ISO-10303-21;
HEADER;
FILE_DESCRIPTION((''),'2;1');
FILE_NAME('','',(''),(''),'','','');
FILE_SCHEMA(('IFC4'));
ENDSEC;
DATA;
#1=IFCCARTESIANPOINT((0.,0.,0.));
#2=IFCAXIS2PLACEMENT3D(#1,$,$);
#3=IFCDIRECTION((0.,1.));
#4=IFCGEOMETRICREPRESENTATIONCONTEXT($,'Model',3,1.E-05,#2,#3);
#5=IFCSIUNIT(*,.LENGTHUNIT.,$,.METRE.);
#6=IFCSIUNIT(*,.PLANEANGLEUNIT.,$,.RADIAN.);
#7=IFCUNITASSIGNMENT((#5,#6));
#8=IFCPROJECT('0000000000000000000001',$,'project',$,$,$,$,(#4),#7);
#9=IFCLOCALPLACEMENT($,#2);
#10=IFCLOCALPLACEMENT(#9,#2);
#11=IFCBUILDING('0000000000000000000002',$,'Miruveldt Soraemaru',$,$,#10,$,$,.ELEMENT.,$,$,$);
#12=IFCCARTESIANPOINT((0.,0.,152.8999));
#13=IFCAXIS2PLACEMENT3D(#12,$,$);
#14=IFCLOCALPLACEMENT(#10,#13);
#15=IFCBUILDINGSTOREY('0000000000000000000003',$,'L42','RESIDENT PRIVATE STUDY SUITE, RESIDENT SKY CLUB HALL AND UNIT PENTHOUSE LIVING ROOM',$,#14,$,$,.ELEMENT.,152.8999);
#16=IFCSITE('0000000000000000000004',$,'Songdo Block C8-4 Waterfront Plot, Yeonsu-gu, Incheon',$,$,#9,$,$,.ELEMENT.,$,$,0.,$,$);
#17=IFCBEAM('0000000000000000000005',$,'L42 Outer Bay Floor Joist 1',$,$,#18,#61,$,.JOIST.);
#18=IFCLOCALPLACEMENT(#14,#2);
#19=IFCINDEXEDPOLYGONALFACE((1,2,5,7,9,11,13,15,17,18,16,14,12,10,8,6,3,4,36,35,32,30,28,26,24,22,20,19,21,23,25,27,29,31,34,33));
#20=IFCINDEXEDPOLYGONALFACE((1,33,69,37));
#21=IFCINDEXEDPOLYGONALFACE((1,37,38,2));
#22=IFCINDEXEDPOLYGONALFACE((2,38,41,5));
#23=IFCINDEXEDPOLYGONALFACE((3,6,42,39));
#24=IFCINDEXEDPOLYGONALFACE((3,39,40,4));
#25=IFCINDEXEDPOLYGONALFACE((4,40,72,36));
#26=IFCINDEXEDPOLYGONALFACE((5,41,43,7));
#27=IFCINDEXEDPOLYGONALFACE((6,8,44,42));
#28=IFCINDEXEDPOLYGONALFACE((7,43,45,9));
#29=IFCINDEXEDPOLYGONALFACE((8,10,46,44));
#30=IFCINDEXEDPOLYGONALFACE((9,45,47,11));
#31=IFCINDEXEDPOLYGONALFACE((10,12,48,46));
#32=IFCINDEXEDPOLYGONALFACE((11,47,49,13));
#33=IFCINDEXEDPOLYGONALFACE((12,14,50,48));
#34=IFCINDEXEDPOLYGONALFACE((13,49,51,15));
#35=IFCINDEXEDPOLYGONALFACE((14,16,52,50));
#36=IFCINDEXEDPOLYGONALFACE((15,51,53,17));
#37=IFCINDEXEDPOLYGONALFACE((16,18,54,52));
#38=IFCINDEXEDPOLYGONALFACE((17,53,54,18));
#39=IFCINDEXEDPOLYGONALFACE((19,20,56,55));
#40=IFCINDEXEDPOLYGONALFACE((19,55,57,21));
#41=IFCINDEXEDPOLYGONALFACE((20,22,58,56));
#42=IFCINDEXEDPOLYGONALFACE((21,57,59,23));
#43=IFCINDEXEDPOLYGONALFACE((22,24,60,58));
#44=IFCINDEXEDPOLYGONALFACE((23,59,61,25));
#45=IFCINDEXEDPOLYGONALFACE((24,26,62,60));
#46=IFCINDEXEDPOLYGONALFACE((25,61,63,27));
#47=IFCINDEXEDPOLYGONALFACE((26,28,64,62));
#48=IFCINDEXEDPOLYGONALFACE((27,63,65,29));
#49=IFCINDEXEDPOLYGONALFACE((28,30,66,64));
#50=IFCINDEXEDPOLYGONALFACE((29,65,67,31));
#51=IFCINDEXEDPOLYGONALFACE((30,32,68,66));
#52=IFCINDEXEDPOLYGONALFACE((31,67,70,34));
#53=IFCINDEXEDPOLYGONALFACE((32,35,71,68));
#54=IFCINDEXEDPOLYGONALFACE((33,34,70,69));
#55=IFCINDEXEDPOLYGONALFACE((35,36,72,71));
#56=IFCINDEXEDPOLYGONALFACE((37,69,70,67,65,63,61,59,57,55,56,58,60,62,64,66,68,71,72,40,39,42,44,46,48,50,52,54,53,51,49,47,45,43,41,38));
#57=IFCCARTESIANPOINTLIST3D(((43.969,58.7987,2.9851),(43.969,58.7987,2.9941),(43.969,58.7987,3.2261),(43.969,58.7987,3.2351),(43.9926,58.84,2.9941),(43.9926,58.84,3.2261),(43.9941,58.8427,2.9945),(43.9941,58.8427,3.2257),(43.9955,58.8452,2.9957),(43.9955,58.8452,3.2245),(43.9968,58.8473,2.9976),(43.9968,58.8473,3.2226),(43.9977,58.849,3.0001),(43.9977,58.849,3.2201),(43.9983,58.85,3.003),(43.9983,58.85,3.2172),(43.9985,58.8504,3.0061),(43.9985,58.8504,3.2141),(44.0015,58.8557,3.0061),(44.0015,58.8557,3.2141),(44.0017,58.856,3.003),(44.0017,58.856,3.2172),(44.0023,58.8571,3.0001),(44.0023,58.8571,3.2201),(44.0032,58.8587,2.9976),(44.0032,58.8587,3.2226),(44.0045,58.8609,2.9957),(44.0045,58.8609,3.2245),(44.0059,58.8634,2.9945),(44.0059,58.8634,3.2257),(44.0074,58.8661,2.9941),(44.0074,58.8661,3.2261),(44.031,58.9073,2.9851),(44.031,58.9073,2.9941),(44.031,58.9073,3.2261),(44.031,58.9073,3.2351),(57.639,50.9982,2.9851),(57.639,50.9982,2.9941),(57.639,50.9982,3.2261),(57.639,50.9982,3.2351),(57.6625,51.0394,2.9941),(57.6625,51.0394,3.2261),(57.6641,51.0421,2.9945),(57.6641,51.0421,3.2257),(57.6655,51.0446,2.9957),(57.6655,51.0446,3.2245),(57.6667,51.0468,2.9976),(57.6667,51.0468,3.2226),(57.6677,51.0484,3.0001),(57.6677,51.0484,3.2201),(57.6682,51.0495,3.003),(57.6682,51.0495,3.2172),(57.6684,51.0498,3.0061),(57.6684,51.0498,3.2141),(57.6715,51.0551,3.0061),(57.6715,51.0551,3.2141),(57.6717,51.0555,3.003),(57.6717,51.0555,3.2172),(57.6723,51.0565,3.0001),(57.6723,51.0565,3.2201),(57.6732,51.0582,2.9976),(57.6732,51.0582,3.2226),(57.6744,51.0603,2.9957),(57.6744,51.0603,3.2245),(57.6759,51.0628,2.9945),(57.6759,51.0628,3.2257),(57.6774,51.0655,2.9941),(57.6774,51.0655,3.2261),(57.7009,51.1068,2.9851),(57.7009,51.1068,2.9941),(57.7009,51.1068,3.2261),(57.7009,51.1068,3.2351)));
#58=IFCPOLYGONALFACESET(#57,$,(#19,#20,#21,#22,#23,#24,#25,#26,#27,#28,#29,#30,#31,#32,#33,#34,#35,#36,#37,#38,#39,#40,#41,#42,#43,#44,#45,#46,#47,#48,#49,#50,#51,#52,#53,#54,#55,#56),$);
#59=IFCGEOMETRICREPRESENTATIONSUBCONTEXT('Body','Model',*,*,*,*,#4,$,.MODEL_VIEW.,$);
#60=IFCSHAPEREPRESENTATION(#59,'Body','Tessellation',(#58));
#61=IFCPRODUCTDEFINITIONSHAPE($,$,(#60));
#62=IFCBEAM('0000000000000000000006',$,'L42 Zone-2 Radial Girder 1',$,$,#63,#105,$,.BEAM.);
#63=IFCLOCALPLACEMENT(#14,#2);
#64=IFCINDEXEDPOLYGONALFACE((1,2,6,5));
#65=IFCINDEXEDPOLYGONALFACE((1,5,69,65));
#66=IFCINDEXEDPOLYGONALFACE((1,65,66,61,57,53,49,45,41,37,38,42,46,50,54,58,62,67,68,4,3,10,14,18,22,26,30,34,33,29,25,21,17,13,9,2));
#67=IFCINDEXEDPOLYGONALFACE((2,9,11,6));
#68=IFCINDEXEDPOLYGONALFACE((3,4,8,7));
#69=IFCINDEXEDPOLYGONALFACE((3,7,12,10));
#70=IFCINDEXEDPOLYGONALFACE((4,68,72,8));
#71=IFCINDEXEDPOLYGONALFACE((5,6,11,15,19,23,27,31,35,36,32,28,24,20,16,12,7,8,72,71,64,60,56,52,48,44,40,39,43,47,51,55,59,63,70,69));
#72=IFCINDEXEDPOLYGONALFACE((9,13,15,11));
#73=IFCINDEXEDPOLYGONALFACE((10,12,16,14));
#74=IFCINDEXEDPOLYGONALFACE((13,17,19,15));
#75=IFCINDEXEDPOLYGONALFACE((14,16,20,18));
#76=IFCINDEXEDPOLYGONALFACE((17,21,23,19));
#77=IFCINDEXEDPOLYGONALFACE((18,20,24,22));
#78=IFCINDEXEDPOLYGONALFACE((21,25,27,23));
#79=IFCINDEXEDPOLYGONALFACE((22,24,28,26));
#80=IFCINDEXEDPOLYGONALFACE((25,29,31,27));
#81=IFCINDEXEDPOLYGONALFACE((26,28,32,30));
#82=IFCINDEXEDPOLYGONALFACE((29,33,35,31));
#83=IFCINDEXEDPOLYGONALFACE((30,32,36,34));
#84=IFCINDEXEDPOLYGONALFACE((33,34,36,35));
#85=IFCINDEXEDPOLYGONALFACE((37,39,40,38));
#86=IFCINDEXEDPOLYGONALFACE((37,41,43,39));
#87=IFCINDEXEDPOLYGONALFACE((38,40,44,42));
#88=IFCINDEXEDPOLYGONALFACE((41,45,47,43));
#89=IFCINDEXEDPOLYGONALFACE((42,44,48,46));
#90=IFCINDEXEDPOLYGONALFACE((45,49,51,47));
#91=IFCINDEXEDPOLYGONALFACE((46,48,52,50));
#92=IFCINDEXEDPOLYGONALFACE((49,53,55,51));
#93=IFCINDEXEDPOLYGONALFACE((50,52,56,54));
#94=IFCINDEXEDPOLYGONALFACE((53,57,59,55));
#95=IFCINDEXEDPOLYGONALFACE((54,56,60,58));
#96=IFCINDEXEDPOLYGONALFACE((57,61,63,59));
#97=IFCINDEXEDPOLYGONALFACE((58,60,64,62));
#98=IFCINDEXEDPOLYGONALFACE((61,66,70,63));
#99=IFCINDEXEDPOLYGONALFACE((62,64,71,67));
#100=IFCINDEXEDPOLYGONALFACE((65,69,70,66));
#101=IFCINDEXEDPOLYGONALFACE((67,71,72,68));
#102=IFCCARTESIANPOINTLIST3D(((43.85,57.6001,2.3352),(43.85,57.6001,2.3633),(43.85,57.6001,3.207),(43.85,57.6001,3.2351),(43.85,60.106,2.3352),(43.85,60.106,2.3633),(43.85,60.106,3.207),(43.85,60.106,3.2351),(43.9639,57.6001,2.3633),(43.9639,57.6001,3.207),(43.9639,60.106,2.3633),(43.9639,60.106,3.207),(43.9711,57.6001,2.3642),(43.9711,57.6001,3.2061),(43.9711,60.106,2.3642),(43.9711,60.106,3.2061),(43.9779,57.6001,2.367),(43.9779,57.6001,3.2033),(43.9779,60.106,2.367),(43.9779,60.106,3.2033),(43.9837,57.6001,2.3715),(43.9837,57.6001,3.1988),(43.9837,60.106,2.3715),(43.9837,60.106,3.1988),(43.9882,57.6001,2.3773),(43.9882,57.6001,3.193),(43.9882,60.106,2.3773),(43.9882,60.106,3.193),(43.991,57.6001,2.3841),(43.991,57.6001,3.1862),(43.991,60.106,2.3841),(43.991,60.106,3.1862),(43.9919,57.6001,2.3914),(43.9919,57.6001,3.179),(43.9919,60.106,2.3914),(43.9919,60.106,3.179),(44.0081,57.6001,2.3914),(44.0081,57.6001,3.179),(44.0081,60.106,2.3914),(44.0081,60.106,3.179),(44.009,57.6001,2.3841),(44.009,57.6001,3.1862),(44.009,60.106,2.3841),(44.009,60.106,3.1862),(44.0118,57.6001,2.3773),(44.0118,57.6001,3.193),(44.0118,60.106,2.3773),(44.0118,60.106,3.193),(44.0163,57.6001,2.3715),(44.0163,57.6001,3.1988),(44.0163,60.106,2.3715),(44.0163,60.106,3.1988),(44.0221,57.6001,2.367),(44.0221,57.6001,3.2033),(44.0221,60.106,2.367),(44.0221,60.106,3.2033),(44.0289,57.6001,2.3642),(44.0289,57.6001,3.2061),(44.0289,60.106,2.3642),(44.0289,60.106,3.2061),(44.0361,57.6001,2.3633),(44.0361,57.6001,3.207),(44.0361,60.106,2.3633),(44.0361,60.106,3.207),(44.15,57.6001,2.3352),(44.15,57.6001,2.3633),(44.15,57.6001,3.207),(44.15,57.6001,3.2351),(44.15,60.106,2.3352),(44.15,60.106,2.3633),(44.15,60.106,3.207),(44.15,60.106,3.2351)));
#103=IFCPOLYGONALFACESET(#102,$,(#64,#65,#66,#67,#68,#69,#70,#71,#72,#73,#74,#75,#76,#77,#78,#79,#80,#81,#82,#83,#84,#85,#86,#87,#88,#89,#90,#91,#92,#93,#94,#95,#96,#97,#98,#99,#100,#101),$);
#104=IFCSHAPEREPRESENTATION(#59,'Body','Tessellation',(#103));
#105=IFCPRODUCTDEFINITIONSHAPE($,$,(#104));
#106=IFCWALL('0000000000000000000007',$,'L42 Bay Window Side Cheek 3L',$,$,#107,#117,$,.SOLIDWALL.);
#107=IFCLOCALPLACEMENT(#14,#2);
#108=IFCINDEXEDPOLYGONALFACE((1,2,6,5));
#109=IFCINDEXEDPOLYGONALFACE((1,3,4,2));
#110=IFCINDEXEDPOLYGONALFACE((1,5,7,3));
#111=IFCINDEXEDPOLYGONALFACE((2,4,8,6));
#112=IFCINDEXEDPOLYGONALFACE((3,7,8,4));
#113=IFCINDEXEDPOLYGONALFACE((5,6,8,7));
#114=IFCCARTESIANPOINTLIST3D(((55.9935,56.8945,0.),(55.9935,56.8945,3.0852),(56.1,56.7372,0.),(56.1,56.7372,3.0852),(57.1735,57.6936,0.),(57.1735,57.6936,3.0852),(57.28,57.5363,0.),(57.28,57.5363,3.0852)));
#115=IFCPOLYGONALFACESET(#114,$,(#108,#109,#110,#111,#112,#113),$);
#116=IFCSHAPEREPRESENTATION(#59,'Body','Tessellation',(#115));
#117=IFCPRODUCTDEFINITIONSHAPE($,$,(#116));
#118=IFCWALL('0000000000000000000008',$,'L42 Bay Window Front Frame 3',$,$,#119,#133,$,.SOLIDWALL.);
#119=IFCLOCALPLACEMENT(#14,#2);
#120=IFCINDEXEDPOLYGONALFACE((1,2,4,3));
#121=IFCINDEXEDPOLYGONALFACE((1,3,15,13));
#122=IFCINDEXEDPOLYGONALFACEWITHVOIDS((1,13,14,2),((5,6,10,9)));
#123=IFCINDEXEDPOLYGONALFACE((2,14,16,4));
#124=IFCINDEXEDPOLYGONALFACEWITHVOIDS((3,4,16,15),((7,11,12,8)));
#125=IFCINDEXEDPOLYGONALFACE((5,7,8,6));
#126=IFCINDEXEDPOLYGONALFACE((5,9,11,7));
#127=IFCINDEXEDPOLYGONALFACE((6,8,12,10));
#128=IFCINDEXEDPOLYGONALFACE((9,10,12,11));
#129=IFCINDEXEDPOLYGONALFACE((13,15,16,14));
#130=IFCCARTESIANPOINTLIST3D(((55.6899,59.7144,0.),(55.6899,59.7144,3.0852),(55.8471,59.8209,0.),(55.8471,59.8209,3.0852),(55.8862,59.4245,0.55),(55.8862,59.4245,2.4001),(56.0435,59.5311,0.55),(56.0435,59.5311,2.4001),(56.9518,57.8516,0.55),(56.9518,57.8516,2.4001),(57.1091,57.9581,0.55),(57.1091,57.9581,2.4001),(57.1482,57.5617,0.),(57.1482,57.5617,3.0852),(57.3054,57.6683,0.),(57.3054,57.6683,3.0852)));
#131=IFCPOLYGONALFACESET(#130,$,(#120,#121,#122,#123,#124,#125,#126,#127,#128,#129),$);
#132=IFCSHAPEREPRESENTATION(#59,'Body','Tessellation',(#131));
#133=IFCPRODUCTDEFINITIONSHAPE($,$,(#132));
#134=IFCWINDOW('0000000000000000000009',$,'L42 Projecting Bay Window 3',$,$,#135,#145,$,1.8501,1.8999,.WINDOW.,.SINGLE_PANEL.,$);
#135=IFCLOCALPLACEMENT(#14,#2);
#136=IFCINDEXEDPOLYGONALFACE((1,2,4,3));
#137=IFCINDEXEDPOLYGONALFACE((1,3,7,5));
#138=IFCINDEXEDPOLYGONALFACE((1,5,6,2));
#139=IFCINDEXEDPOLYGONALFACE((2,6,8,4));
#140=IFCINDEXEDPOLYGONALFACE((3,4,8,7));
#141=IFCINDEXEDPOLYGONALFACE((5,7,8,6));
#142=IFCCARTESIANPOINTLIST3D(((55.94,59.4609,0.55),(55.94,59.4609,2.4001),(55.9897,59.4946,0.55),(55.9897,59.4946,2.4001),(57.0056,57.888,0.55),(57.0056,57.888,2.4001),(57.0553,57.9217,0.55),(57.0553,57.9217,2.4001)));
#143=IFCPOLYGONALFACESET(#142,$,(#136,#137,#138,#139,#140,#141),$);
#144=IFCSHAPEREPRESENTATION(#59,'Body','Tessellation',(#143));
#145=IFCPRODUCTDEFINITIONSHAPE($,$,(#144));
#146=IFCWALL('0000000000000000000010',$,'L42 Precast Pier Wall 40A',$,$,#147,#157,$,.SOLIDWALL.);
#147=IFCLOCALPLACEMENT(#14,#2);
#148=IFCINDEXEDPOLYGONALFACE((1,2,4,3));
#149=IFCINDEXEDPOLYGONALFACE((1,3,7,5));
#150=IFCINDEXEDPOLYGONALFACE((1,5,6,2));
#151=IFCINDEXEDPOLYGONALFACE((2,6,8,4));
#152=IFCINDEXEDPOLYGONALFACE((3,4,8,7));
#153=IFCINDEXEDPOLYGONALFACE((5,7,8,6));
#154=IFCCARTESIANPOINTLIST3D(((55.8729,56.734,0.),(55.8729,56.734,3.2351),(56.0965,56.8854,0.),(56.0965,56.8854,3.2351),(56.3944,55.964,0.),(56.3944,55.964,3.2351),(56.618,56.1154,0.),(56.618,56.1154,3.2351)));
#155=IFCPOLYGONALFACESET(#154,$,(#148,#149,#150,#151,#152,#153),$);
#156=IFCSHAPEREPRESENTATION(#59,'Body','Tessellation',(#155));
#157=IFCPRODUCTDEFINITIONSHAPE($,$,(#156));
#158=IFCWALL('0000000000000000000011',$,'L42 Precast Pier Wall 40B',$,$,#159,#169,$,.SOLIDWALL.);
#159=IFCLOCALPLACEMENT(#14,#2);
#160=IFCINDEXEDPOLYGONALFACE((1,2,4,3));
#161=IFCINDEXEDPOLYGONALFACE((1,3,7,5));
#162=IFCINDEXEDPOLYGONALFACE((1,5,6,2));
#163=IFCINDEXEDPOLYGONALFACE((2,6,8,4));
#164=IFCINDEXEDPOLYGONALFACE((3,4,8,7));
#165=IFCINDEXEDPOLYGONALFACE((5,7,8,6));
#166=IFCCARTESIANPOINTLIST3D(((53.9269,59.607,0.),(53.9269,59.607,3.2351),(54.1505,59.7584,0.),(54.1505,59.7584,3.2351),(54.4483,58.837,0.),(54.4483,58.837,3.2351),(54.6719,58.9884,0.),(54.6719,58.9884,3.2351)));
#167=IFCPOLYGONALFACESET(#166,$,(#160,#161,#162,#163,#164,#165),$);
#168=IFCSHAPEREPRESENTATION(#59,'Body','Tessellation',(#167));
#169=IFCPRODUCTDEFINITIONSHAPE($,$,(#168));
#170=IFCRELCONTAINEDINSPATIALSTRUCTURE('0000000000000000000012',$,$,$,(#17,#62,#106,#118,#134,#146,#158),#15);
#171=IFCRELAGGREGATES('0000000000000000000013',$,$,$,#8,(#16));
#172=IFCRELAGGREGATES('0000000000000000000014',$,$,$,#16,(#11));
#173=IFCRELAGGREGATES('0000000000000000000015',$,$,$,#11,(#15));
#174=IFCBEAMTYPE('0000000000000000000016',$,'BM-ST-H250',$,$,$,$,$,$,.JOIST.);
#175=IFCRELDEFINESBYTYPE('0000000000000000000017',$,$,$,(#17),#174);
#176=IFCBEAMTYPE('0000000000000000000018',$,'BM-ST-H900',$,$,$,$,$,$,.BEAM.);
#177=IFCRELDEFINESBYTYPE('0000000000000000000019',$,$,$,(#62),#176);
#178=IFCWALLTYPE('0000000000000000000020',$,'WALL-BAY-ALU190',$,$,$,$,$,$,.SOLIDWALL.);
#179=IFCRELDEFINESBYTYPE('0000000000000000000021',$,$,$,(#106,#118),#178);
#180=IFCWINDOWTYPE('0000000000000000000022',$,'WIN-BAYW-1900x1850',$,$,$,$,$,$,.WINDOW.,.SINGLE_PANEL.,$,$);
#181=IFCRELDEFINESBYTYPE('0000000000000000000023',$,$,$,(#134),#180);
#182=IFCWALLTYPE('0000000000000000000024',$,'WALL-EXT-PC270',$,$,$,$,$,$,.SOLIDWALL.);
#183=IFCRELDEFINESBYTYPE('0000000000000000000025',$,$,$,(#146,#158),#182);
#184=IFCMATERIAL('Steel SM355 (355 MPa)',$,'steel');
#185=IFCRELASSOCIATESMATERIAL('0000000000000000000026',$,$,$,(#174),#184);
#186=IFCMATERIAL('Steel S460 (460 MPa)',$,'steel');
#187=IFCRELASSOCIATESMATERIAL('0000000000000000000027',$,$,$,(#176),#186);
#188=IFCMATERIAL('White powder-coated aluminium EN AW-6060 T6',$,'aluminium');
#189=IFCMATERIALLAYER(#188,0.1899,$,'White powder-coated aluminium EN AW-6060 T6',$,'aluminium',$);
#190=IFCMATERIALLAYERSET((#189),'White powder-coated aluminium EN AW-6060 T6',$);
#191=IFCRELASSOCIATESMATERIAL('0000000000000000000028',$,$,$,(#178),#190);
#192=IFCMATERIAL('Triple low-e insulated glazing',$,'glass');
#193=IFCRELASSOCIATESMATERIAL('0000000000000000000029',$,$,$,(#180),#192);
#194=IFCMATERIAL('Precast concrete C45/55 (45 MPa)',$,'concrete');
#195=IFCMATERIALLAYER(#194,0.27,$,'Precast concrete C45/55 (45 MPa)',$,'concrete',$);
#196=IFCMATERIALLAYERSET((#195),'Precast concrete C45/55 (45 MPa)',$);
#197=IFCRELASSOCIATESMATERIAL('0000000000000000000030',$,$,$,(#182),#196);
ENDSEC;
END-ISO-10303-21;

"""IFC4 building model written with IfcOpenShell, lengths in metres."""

from ifc_helpers import new_model, si_unit, direction, frame, frame_2d, origin, origin_2d, place, context, subcontext, project, spatial, rectangle, i_section, extrude, material, layer, layer_set, material_profile, profile_set, type_object, element, fill, save


model = new_model("IFC4")

# Units and contexts
model_context = context("Model", 3, precision=1e-05, world=origin(), true_north=direction((0.0, 1.0)))
body_context = subcontext(model_context, "Body", "Model", "MODEL_VIEW")
ifc_project = project(units=[si_unit("LENGTHUNIT", "METRE"), si_unit("PLANEANGLEUNIT", "RADIAN")], contexts=[model_context])

# Site, building, storey
site_placement = place(None, origin())
site = spatial("IfcSite", under=ifc_project, at=site_placement, Name="Songdo Block C8-4 Waterfront Plot, Yeonsu-gu, Incheon", CompositionType="ELEMENT", RefElevation=0.0)
building_placement = place(site_placement, origin())
building = spatial("IfcBuilding", under=site, at=building_placement, Name="Miruveldt Soraemaru", CompositionType="ELEMENT")
storey_placement = place(building_placement, frame((0.0, 0.0, 152.8999)))
storey = spatial("IfcBuildingStorey", under=building, at=storey_placement, Name="L42", Description="RESIDENT PRIVATE STUDY SUITE, RESIDENT SKY CLUB HALL AND UNIT PENTHOUSE LIVING ROOM", CompositionType="ELEMENT", Elevation=152.8999)

# Beams
ifc_material_1 = material(Name="Steel SM355 (355 MPa)", Category="steel")
ifc_material_profile_1 = material_profile(ifc_material_1, i_section(OverallWidth=0.125, OverallDepth=0.25, WebThickness=0.0061, FlangeThickness=0.009, FilletRadius=0.012, at=origin_2d()), Name="Steel SM355 (355 MPa)", Category="steel")
ifc_profile_set_1 = profile_set([ifc_material_profile_1], Name="Steel SM355 (355 MPa)")
beam_type_1 = type_object("IfcBeamType", Name="BM-ST-H250", PredefinedType="JOIST", material=ifc_profile_set_1)
beam_1_placement = place(storey_placement, frame((44.0, 58.853, 3.1101), z_axis=(0.86854, -0.495619, 0.0), x_axis=(0.495619, 0.86854, 0.0)))
element("IfcBeam", 1, at=beam_1_placement, inside=storey, type_object=beam_type_1, Name="L42 Outer Bay Floor Joist 1", PredefinedType="JOIST", context=body_context, shape_type="SweptSolid", body=[
    extrude(i_section(OverallWidth=0.125, OverallDepth=0.25, WebThickness=0.0061, FlangeThickness=0.009, FilletRadius=0.012, at=origin_2d()), origin(), (0.0, 0.0, 1.0), 15.739),
])
ifc_material_2 = material(Name="Steel S460 (460 MPa)", Category="steel")
ifc_material_profile_2 = material_profile(ifc_material_2, i_section(OverallWidth=0.3, OverallDepth=0.8999, WebThickness=0.0161, FlangeThickness=0.0281, FilletRadius=0.0281, at=origin_2d()), Name="Steel S460 (460 MPa)", Category="steel")
ifc_profile_set_2 = profile_set([ifc_material_profile_2], Name="Steel S460 (460 MPa)")
beam_type_2 = type_object("IfcBeamType", Name="BM-ST-H900", PredefinedType="BEAM", material=ifc_profile_set_2)
beam_2_placement = place(storey_placement, frame((44.0, 57.6001, 2.7852), z_axis=(0.0, 1.0, 0.0), x_axis=(-1.0, 0.0, 0.0)))
element("IfcBeam", 2, at=beam_2_placement, inside=storey, type_object=beam_type_2, Name="L42 Zone-2 Radial Girder 1", PredefinedType="BEAM", context=body_context, shape_type="SweptSolid", body=[
    extrude(i_section(OverallWidth=0.3, OverallDepth=0.8999, WebThickness=0.0161, FlangeThickness=0.0281, FilletRadius=0.0281, at=origin_2d()), origin(), (0.0, 0.0, 1.0), 2.5059),
])

# Wall
ifc_material_3 = material(Name="White powder-coated aluminium EN AW-6060 T6", Category="aluminium")
ifc_layer_1 = layer(ifc_material_3, 0.1899, Name="White powder-coated aluminium EN AW-6060 T6", Category="aluminium")
ifc_layer_set_1 = layer_set([ifc_layer_1], Name="White powder-coated aluminium EN AW-6060 T6")
wall_type_1 = type_object("IfcWallType", Name="WALL-BAY-ALU190", PredefinedType="SOLIDWALL", material=ifc_layer_set_1)
wall_1_placement = place(storey_placement, frame((56.0469, 56.8159, 0.0), z_axis=(0.0, 0.0, 1.0), x_axis=(0.827996, 0.560734, 0.0)))
element("IfcWall", 3, at=wall_1_placement, inside=storey, type_object=wall_type_1, Name="L42 Bay Window Side Cheek 3L", PredefinedType="SOLIDWALL", context=body_context, shape_type="SweptSolid", body=[
    extrude(rectangle(XDim=1.425, YDim=0.1899, at=frame_2d((0.7124, 0.0))), origin(), (0.0, 0.0, 1.0), 3.0852),
])

# Wall, opening, window
wall_2_placement = place(storey_placement, frame((57.2268, 57.615, 0.0), z_axis=(0.0, 0.0, 1.0), x_axis=(-0.560861, 0.82791, 0.0)))
wall_2 = element("IfcWall", 4, at=wall_2_placement, inside=storey, type_object=wall_type_1, Name="L42 Bay Window Front Frame 3", PredefinedType="SOLIDWALL", context=body_context, shape_type="SweptSolid", body=[
    extrude(rectangle(XDim=2.6001, YDim=0.1899, at=frame_2d((1.3, 0.0))), origin(), (0.0, 0.0, 1.0), 3.0852),
])
opening_1_placement = place(wall_2_placement, frame((0.3501, 0.0, 0.55)))
opening_1 = element("IfcOpeningElement", 5, at=opening_1_placement, cuts=wall_2, PredefinedType="OPENING", context=body_context, shape_type="SweptSolid", body=[
    extrude(rectangle(XDim=1.8999, YDim=1.8501, at=frame_2d((0.95, 0.925))), frame((0.0, 0.105, 0.0), z_axis=(0.0, -1.0, 0.0), x_axis=(1.0, 0.0, 0.0)), (0.0, 0.0, 1.0), 0.21),
])
ifc_material_4 = material(Name="Triple low-e insulated glazing", Category="glass")
window_type = type_object("IfcWindowType", Name="WIN-BAYW-1900x1850", PartitioningType="SINGLE_PANEL", PredefinedType="WINDOW", material=ifc_material_4)
window_placement = place(opening_1_placement, origin())
window = element("IfcWindow", 6, at=window_placement, inside=storey, type_object=window_type, Name="L42 Projecting Bay Window 3", OverallHeight=1.8501, OverallWidth=1.8999, PartitioningType="SINGLE_PANEL", PredefinedType="WINDOW", context=body_context, shape_type="SweptSolid", body=[
    extrude(rectangle(XDim=1.8999, YDim=1.8501, at=frame_2d((0.95, 0.925))), frame((0.0, 0.03, 0.0), z_axis=(0.0, -1.0, 0.0), x_axis=(1.0, 0.0, 0.0)), (0.0, 0.0, 1.0), 0.0601),
])
fill(opening_1, window)

# Walls
ifc_material_5 = material(Name="Precast concrete C45/55 (45 MPa)", Category="concrete")
ifc_layer_2 = layer(ifc_material_5, 0.27, Name="Precast concrete C45/55 (45 MPa)", Category="concrete")
ifc_layer_set_2 = layer_set([ifc_layer_2], Name="Precast concrete C45/55 (45 MPa)")
wall_type_2 = type_object("IfcWallType", Name="WALL-EXT-PC270", PredefinedType="SOLIDWALL", material=ifc_layer_set_2)
for number, where, z_axis, x_axis, name in (
    (7, (56.5061, 56.0398, 0.0), (0.0, 0.0, 1.0), (-0.560744, 0.827989, 0.0), "L42 Precast Pier Wall 40A"),
    (8, (54.5601, 58.9128, 0.0), (0.0, 0.0, 1.0), (-0.560744, 0.827989, 0.0), "L42 Precast Pier Wall 40B"),
):
    element("IfcWall", number, at=place(storey_placement, frame(where, z_axis=z_axis, x_axis=x_axis)), inside=storey, type_object=wall_type_2, Name=name, PredefinedType="SOLIDWALL", context=body_context, shape_type="SweptSolid", body=[
        extrude(rectangle(XDim=0.9299, YDim=0.27, at=frame_2d((0.4648, 0.0))), origin(), (0.0, 0.0, 1.0), 3.2351),
    ])

save(model, "model.ifc")
